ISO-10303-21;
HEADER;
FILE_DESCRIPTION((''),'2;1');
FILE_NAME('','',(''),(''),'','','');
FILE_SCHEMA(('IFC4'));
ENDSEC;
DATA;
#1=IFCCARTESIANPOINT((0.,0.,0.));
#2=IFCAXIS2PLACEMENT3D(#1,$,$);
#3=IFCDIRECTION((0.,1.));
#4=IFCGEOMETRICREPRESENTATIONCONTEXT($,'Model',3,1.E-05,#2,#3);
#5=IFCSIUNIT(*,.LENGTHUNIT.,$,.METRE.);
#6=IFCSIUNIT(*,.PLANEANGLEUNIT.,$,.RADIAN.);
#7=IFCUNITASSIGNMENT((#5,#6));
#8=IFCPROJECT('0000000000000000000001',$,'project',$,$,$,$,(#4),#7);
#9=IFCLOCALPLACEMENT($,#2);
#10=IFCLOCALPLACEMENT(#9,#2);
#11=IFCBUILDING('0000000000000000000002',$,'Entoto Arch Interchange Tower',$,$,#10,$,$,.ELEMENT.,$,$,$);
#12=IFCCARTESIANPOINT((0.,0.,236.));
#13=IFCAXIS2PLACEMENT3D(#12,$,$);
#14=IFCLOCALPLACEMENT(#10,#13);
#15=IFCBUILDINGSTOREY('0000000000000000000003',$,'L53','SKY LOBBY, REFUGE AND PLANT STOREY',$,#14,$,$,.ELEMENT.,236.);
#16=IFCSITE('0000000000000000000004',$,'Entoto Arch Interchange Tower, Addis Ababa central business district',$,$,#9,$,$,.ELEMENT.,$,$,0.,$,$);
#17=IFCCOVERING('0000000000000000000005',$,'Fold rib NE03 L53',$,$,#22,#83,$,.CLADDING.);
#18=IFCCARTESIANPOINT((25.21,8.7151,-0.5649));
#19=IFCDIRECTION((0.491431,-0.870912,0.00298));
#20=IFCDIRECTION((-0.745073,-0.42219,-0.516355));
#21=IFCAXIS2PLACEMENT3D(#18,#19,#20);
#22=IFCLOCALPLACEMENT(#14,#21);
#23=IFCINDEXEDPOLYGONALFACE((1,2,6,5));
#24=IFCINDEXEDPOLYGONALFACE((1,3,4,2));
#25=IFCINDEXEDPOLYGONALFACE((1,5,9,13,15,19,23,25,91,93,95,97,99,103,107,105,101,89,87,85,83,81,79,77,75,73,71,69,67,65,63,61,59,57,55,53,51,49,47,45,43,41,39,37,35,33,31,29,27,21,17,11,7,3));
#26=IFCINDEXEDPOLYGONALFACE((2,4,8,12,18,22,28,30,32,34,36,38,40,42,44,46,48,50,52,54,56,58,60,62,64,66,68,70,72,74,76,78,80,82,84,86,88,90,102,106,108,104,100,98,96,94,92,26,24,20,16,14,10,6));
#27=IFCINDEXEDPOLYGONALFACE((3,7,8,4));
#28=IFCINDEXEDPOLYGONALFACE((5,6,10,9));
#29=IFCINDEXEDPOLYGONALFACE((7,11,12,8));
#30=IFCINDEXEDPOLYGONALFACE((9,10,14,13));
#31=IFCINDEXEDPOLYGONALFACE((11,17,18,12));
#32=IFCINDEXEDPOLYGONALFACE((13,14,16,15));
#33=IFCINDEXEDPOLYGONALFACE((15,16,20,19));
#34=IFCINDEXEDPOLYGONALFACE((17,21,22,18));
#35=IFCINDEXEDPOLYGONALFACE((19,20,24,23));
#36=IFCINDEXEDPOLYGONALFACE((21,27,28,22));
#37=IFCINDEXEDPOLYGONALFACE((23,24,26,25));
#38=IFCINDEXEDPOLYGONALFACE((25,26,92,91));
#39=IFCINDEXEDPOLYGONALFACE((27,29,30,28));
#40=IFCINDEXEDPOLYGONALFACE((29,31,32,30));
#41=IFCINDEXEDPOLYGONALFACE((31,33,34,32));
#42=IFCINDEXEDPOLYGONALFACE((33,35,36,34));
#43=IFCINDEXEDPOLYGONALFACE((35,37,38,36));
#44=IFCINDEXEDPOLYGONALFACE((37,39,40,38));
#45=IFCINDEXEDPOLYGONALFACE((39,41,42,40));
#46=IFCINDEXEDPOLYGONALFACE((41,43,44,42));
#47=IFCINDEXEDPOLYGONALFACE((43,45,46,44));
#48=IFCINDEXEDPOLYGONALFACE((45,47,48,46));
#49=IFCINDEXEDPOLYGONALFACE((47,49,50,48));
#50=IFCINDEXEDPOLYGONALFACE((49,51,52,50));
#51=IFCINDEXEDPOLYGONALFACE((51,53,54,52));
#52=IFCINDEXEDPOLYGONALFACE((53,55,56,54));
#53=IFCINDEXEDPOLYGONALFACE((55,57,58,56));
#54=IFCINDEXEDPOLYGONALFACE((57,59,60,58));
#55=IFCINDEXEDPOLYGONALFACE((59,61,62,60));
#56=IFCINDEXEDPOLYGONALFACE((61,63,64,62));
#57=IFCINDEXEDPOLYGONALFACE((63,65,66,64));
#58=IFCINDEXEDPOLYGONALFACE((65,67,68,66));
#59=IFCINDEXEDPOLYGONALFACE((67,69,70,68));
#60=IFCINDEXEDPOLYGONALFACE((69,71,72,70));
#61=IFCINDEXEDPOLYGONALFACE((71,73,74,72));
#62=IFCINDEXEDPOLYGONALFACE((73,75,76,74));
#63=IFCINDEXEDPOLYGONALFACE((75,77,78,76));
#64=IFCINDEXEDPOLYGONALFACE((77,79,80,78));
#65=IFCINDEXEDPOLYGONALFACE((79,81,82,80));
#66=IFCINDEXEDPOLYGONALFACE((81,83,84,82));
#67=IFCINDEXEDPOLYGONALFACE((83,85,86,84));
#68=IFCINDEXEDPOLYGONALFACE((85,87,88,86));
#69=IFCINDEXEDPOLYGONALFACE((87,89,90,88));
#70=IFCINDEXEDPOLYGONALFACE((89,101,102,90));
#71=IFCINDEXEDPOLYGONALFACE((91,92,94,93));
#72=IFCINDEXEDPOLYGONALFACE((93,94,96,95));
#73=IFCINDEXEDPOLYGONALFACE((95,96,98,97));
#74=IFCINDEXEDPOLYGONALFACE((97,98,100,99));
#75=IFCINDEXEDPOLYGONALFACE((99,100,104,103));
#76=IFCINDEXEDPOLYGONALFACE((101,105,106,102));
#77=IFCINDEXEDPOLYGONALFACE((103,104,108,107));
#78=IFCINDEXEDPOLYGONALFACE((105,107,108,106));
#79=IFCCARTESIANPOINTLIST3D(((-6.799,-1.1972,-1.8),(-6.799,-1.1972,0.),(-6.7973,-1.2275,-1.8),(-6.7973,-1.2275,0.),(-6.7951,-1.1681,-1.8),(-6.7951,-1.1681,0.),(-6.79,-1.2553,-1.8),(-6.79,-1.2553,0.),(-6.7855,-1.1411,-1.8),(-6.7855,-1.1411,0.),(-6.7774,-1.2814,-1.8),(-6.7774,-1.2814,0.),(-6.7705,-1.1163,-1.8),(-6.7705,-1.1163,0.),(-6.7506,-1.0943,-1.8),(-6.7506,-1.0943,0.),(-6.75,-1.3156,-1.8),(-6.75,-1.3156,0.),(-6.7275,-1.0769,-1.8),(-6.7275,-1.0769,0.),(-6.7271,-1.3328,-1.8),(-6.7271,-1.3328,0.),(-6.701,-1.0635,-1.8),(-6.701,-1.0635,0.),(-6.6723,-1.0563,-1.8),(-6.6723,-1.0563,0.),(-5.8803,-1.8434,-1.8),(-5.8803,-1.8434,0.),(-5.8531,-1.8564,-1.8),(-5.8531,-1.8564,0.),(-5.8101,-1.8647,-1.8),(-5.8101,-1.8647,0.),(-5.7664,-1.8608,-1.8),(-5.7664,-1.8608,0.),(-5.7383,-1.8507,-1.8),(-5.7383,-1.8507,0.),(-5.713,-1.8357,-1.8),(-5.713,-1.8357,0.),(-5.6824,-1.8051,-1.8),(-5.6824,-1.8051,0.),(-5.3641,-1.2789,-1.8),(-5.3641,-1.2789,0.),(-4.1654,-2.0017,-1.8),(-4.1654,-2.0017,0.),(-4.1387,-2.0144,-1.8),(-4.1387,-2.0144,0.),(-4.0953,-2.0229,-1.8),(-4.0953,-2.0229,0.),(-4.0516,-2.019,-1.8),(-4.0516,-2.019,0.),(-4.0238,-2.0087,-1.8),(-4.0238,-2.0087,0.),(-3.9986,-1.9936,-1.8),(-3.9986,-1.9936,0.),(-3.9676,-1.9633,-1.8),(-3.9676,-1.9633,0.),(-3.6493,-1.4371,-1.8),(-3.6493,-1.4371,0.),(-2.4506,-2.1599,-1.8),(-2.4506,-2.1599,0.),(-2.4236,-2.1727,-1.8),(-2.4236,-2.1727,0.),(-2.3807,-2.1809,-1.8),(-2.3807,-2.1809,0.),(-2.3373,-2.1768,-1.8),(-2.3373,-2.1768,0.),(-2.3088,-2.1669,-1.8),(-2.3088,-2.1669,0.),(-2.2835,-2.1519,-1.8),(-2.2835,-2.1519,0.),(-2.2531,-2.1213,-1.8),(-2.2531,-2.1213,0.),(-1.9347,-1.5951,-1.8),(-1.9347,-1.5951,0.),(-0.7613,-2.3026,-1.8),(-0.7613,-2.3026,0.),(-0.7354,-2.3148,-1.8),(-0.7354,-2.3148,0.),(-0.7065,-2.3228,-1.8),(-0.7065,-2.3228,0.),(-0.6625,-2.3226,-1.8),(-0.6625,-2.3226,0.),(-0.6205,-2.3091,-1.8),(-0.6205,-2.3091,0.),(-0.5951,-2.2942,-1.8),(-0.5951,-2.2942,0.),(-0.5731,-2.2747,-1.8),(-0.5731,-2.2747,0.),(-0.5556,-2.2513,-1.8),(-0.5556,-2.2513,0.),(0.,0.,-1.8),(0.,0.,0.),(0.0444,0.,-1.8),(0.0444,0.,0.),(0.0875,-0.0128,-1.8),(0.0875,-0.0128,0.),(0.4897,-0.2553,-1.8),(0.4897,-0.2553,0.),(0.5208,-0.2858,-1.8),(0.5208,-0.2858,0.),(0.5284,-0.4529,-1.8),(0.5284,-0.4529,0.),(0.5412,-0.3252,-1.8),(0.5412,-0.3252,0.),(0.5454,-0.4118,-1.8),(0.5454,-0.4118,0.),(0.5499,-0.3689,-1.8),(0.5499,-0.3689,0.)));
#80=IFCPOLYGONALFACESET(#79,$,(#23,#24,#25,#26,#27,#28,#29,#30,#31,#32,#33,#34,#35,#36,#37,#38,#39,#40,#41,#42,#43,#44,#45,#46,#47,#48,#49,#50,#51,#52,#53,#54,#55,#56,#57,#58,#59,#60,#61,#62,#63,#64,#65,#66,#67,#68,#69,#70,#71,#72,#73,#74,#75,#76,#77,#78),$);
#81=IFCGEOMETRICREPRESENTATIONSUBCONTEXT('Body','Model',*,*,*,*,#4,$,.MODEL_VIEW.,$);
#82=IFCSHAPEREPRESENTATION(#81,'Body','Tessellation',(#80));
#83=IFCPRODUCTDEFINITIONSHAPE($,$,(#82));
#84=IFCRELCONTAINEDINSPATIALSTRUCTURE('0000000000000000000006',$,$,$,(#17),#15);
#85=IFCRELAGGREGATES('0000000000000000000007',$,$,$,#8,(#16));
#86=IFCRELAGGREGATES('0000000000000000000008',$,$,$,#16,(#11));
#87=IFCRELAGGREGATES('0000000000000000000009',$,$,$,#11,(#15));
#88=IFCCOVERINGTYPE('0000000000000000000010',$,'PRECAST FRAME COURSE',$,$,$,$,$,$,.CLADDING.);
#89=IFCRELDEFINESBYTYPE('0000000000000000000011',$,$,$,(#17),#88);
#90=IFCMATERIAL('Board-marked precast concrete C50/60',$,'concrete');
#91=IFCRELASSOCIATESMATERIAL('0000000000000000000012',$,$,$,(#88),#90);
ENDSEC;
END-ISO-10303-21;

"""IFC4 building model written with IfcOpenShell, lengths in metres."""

from ifc_helpers import new_model, si_unit, direction, frame, origin, place, context, subcontext, project, spatial, polyline, outline, extrude, material, type_object, element, save


model = new_model("IFC4")

# Units and contexts
model_context = context("Model", 3, precision=1e-05, world=origin(), true_north=direction((0.0, 1.0)))
body_context = subcontext(model_context, "Body", "Model", "MODEL_VIEW")
ifc_project = project(units=[si_unit("LENGTHUNIT", "METRE"), si_unit("PLANEANGLEUNIT", "RADIAN")], contexts=[model_context])

# Site, building, storey
site_placement = place(None, origin())
site = spatial("IfcSite", under=ifc_project, at=site_placement, Name="Entoto Arch Interchange Tower, Addis Ababa central business district", CompositionType="ELEMENT", RefElevation=0.0)
building_placement = place(site_placement, origin())
building = spatial("IfcBuilding", under=site, at=building_placement, Name="Entoto Arch Interchange Tower", CompositionType="ELEMENT")
storey_placement = place(building_placement, frame((0.0, 0.0, 236.0)))
storey = spatial("IfcBuildingStorey", under=building, at=storey_placement, Name="L53", Description="SKY LOBBY, REFUGE AND PLANT STOREY", CompositionType="ELEMENT", Elevation=236.0)

# Shared definitions
ifc_material_1 = material(Name="Board-marked precast concrete C50/60", Category="concrete")

# Covering
covering_type = type_object("IfcCoveringType", Name="PRECAST FRAME COURSE", PredefinedType="CLADDING", material=ifc_material_1)
covering_placement = place(storey_placement, frame((25.21, 8.7151, -0.5649), z_axis=(0.491431, -0.870912, 0.00298), x_axis=(-0.745073, -0.42219, -0.516355)))
element("IfcCovering", 1, at=covering_placement, inside=storey, type_object=covering_type, Name="Fold rib NE03 L53", PredefinedType="CLADDING", context=body_context, shape_type="SweptSolid", body=[
    extrude(outline(polyline([(0.0, 0.0), (0.0444, 0.0), (0.0875, -0.0128), (0.4897, -0.2553), (0.5208, -0.2858), (0.5412, -0.3252), (0.5499, -0.3689), (0.5454, -0.4118), (0.5284, -0.4529), (-0.5556, -2.2513), (-0.5731, -2.2747), (-0.5951, -2.2942), (-0.6205, -2.3091), (-0.6625, -2.3226), (-0.7065, -2.3228), (-0.7354, -2.3148), (-0.7613, -2.3026), (-1.9347, -1.5951), (-2.2531, -2.1213), (-2.2835, -2.1519), (-2.3088, -2.1669), (-2.3373, -2.1768), (-2.3807, -2.1809), (-2.4236, -2.1727), (-2.4506, -2.1599), (-3.6493, -1.4371), (-3.9676, -1.9633), (-3.9986, -1.9936), (-4.0238, -2.0087), (-4.0516, -2.019), (-4.0953, -2.0229), (-4.1387, -2.0144), (-4.1654, -2.0017), (-5.3641, -1.2789), (-5.6824, -1.8051), (-5.713, -1.8357), (-5.7383, -1.8507), (-5.7664, -1.8608), (-5.8101, -1.8647), (-5.8531, -1.8564), (-5.8803, -1.8434), (-6.7271, -1.3328), (-6.75, -1.3156), (-6.7774, -1.2814), (-6.79, -1.2553), (-6.7973, -1.2275), (-6.799, -1.1972), (-6.7951, -1.1681), (-6.7855, -1.1411), (-6.7705, -1.1163), (-6.7506, -1.0943), (-6.7275, -1.0769), (-6.701, -1.0635), (-6.6723, -1.0563), (0.0, 0.0)])), origin(), (0.0, 0.0, -1.0), 1.8),
])

save(model, "model.ifc")
